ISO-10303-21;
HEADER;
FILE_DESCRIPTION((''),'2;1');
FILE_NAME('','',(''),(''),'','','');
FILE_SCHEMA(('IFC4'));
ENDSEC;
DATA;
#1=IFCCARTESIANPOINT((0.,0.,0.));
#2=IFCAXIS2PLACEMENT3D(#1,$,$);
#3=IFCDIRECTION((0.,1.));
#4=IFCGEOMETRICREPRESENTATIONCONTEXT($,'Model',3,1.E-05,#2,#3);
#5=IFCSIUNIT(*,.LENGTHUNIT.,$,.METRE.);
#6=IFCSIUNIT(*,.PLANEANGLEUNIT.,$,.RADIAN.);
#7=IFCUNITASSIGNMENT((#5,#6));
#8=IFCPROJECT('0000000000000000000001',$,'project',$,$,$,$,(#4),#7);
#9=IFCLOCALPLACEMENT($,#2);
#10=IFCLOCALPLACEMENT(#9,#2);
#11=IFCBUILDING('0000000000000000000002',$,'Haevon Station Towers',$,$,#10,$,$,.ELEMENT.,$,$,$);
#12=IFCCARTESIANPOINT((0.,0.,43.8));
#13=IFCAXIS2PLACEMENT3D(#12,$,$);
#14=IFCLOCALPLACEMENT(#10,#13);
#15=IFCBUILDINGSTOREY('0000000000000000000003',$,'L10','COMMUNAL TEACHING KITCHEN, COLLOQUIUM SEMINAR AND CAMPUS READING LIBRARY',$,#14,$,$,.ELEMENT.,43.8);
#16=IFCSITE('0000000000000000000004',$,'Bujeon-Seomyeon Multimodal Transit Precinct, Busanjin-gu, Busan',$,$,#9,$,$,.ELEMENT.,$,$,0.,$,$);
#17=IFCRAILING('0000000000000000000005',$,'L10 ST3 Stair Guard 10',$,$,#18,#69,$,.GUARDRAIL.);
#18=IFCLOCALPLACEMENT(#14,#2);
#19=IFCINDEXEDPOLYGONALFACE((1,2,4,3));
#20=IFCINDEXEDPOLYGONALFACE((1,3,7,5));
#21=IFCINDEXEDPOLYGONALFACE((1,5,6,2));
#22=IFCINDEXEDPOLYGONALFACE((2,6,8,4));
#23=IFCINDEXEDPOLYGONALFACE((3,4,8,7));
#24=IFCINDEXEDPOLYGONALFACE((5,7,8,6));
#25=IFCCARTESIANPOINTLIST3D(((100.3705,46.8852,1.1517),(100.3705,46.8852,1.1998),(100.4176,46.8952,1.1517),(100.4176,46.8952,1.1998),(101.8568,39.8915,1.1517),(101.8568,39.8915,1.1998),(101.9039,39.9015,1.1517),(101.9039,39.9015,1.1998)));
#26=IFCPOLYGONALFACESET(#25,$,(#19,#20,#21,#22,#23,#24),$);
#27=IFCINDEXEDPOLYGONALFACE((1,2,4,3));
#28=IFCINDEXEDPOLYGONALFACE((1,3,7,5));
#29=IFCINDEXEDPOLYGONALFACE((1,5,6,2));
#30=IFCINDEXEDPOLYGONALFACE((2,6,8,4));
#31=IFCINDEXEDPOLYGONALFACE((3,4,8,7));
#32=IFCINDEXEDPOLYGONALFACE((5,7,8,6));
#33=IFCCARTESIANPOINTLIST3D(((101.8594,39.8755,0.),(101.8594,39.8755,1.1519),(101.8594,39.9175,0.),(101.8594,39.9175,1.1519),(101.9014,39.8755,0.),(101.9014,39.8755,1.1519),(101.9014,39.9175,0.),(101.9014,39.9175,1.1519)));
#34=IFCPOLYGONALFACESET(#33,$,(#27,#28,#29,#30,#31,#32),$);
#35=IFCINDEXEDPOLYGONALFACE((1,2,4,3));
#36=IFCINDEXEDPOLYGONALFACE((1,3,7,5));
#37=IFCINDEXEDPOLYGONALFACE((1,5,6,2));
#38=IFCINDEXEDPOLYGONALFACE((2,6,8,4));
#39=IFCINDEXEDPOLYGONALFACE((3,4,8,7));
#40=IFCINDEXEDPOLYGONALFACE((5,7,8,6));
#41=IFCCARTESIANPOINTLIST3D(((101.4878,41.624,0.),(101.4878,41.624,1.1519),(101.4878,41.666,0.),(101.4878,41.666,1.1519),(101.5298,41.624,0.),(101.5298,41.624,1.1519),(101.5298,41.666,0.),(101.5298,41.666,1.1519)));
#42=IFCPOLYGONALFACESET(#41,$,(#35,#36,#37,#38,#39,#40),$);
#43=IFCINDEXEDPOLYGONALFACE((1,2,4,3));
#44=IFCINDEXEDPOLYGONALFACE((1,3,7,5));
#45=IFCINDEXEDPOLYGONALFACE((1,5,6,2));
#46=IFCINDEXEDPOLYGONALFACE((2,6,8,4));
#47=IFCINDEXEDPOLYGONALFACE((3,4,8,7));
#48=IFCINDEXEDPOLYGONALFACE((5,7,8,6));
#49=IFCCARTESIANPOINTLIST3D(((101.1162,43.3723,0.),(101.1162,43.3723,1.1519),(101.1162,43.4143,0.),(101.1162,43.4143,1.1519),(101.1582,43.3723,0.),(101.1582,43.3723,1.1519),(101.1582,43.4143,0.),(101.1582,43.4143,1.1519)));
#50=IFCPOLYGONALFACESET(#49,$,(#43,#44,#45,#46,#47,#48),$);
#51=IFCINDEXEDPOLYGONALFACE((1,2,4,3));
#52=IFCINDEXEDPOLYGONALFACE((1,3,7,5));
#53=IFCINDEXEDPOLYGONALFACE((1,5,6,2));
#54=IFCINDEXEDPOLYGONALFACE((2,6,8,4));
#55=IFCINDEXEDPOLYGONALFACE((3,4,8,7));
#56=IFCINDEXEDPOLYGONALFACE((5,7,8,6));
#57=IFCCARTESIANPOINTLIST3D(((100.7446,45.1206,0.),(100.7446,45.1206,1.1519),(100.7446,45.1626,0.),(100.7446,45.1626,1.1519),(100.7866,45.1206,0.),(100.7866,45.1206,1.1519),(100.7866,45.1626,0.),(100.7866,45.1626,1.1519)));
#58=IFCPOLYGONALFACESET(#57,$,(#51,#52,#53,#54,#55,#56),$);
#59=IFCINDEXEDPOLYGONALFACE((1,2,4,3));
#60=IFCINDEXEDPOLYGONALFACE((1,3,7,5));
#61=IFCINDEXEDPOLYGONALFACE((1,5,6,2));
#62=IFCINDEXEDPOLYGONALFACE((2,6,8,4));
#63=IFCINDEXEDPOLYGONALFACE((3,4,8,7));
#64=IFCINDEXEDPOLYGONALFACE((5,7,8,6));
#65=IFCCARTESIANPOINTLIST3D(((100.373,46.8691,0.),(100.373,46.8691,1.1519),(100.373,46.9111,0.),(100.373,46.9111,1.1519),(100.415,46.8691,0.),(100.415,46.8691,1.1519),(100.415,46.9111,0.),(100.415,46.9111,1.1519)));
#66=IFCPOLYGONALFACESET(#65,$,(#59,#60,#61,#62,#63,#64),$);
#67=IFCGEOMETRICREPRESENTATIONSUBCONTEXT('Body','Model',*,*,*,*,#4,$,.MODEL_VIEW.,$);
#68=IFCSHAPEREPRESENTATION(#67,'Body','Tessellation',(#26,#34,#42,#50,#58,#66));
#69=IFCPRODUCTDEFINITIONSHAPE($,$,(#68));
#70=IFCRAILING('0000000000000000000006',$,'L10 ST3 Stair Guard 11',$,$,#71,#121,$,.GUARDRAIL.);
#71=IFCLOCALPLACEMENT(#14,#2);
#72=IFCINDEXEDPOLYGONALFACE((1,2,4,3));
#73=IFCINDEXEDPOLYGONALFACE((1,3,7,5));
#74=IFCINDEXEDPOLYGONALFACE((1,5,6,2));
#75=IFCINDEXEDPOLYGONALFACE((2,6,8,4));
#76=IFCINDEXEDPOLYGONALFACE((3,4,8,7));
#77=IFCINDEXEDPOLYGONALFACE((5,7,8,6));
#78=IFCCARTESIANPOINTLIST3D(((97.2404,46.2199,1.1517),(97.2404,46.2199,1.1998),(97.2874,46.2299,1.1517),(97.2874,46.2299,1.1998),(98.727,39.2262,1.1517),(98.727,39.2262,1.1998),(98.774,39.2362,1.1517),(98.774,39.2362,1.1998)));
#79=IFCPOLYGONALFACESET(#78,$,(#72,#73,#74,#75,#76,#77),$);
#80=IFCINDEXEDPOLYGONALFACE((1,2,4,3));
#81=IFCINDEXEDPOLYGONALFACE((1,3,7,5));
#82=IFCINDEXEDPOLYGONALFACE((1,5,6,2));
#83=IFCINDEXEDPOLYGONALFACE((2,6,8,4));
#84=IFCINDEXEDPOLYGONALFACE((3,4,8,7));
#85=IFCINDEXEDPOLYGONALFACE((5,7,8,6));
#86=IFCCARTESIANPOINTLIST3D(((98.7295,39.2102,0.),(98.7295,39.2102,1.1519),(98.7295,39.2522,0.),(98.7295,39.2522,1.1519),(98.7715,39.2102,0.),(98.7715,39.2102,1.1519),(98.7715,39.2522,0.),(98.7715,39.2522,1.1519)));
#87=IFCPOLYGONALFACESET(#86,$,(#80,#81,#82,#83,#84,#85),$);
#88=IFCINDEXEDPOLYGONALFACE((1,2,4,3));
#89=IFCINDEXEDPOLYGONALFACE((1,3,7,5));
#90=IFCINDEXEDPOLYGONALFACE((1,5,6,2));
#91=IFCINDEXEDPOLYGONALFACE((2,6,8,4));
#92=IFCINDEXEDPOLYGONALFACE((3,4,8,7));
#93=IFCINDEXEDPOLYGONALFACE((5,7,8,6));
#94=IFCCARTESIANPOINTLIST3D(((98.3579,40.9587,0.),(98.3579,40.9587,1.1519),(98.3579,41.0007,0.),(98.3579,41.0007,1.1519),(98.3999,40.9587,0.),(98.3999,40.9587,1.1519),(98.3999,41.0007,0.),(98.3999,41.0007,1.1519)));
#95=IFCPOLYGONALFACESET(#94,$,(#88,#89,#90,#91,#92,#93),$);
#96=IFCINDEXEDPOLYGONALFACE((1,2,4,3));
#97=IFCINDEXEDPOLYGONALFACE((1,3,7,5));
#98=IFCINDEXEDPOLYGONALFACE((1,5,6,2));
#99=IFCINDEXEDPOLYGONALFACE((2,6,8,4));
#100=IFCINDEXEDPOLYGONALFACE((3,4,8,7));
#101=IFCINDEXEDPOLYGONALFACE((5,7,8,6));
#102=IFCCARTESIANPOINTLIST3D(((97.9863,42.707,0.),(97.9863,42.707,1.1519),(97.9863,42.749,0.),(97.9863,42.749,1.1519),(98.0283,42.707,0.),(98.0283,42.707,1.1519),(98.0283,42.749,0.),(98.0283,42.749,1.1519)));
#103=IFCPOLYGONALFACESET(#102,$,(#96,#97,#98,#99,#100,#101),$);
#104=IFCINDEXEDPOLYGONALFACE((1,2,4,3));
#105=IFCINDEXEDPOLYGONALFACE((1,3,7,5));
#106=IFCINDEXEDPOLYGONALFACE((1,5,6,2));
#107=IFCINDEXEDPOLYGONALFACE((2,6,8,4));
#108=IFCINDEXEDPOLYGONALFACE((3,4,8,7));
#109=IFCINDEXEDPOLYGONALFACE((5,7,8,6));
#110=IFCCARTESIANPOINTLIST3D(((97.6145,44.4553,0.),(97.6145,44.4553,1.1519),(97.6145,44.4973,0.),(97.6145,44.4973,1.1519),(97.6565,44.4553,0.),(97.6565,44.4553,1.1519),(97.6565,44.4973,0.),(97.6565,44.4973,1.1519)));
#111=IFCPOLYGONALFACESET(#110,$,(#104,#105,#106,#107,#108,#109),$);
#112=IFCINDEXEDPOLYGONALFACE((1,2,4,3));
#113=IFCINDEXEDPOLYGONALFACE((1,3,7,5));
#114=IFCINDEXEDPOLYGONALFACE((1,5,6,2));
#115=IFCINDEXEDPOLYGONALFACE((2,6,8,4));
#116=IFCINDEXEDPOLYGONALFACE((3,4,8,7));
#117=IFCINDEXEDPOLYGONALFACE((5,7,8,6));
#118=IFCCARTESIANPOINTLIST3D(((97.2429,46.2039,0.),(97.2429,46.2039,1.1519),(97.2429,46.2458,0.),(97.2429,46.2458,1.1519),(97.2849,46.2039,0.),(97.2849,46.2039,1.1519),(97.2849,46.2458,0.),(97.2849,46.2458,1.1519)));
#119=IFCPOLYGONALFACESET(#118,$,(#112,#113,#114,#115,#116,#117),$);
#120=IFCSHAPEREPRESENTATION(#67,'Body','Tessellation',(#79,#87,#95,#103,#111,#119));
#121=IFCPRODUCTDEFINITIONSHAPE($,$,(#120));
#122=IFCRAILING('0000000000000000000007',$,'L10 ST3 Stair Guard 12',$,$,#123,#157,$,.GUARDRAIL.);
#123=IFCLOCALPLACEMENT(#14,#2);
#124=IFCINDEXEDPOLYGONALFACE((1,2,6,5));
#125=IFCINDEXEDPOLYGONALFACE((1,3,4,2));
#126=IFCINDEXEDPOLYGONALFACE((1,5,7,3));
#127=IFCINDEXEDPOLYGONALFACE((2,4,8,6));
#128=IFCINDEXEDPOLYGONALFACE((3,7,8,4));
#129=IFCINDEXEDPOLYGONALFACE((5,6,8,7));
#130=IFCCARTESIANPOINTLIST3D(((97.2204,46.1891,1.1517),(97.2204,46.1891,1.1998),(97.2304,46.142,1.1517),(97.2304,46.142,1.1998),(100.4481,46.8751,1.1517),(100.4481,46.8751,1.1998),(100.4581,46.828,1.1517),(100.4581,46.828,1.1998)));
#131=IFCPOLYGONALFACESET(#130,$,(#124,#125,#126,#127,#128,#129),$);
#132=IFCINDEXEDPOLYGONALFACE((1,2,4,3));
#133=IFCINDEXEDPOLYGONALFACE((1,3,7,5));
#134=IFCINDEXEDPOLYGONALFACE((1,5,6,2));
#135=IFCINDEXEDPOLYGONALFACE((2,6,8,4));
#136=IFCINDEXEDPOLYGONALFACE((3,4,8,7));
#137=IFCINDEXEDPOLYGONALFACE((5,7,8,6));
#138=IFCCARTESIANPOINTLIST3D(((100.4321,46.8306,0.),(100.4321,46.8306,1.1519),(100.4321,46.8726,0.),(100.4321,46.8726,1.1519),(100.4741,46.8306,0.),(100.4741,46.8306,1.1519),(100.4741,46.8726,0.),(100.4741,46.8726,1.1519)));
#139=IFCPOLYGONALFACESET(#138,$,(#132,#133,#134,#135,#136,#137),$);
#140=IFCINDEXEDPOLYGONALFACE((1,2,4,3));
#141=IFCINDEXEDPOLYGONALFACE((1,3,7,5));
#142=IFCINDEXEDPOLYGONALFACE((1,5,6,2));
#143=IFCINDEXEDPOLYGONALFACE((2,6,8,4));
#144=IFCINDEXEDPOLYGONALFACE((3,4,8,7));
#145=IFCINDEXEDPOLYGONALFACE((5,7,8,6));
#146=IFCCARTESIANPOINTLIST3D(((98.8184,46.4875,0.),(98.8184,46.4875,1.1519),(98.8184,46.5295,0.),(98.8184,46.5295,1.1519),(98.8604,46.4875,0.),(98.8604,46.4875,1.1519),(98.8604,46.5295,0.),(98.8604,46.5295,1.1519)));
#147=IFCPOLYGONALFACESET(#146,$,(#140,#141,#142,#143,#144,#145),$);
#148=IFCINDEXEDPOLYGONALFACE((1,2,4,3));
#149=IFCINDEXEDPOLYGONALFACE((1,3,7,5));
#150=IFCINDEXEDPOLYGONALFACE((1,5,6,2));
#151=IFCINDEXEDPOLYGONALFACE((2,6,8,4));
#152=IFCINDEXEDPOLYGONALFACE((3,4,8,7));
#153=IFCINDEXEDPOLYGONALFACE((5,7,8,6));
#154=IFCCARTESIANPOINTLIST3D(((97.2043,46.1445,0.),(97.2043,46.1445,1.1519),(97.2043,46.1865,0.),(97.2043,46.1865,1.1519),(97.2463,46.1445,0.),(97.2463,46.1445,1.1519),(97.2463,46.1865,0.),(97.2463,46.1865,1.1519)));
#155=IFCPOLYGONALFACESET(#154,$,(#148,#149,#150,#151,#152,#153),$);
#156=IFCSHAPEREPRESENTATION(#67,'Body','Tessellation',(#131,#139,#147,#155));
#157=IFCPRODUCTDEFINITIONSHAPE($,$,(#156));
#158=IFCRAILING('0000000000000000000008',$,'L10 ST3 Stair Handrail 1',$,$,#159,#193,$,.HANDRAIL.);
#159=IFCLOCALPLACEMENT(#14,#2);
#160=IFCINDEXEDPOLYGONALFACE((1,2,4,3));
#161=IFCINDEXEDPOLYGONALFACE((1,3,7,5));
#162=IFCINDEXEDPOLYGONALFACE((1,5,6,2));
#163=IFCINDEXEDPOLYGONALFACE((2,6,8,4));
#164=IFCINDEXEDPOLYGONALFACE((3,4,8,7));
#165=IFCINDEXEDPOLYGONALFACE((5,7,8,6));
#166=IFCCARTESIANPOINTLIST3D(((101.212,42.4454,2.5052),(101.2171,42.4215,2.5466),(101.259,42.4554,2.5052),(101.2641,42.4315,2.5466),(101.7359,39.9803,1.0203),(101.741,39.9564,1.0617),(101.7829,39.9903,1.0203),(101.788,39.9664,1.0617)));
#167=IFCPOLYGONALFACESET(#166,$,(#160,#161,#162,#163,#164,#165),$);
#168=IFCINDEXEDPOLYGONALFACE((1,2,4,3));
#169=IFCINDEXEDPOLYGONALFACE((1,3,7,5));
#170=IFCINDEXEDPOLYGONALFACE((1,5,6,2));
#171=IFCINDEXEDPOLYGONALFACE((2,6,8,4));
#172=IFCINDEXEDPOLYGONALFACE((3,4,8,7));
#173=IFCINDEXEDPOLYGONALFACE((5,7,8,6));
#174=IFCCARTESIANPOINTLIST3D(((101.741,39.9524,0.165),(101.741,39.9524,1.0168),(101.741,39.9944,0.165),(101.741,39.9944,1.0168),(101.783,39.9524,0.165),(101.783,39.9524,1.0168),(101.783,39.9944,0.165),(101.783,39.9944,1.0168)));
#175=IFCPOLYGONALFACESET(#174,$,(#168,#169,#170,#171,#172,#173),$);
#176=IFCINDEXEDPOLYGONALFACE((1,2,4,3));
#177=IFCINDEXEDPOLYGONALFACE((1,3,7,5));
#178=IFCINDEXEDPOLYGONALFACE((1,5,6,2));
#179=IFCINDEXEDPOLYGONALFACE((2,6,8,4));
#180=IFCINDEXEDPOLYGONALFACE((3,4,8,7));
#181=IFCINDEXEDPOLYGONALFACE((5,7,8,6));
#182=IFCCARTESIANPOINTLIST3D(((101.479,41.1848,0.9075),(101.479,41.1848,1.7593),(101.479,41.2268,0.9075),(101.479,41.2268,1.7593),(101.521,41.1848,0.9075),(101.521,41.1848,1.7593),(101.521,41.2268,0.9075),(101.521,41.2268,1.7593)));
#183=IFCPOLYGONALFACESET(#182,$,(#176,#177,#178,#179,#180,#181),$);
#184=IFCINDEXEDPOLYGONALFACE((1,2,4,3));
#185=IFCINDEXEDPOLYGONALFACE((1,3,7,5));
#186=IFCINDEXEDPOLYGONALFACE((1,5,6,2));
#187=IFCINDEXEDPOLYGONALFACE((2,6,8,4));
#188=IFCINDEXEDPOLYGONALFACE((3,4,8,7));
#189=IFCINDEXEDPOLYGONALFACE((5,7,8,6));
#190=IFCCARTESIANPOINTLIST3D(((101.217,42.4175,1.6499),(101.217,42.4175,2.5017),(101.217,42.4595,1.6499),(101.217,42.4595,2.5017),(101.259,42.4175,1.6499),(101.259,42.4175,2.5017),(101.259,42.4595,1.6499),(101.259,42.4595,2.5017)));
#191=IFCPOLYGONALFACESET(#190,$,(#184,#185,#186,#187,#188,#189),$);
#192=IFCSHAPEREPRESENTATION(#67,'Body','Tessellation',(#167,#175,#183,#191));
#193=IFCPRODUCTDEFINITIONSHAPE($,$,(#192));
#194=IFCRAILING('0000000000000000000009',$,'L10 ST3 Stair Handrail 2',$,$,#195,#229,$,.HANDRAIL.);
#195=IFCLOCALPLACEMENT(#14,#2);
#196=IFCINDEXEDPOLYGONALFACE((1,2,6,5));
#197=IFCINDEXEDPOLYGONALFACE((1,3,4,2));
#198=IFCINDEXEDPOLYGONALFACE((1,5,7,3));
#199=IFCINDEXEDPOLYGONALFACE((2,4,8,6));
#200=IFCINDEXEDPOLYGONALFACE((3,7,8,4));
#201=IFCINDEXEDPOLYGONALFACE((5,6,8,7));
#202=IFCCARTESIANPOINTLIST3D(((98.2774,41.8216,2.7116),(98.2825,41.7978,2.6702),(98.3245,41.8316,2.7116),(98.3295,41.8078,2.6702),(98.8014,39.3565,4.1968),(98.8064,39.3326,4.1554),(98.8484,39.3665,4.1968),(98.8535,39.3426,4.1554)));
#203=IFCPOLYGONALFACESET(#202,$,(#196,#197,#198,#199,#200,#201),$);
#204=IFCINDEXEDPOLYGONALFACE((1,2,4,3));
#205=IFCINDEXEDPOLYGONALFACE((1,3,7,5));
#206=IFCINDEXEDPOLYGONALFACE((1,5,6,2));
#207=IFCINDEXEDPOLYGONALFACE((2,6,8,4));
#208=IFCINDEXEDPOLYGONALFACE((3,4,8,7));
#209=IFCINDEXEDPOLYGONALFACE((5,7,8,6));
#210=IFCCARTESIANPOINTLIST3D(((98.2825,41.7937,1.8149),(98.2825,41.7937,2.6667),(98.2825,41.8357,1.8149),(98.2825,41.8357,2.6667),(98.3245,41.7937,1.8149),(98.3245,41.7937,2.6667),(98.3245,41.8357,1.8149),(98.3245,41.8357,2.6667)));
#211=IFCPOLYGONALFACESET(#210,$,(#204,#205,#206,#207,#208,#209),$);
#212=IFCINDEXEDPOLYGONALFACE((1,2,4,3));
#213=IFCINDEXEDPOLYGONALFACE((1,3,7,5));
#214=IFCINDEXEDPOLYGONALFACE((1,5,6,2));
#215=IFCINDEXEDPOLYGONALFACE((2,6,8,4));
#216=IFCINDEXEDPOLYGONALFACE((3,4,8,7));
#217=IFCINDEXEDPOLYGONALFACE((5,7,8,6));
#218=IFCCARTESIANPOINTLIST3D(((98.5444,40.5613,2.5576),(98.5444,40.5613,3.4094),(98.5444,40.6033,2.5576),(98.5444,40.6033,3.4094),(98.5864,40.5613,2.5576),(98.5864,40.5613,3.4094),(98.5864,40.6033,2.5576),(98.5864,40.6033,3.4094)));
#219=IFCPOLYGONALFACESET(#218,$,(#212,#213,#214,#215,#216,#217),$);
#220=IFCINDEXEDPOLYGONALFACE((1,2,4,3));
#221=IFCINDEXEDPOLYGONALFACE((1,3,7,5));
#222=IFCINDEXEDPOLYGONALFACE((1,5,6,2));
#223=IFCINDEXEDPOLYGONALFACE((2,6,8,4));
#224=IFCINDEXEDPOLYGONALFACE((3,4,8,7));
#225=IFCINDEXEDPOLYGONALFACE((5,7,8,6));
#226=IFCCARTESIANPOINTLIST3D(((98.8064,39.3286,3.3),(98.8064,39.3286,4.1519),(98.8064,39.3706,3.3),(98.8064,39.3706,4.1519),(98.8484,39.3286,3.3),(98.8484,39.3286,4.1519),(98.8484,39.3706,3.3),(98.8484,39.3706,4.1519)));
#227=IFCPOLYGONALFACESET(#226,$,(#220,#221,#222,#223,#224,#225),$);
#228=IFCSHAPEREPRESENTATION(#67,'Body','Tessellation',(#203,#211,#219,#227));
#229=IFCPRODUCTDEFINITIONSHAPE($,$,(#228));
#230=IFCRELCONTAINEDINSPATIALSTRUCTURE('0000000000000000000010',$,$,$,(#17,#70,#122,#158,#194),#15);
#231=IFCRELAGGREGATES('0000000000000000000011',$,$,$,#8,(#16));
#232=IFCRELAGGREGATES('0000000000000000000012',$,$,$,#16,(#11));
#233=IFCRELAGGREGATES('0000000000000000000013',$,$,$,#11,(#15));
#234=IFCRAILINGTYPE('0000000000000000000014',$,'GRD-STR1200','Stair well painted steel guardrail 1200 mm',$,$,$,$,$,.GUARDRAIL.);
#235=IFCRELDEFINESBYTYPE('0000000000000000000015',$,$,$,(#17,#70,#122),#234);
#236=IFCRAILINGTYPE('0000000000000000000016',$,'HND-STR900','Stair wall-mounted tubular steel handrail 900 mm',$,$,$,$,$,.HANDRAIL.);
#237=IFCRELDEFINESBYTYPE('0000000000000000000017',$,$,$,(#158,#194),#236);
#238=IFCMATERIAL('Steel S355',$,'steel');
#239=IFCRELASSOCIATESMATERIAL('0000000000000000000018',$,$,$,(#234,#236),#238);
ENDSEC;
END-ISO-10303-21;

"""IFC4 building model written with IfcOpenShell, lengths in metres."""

from ifc_helpers import new_model, si_unit, direction, frame, origin, origin_2d, place, context, subcontext, project, spatial, rectangle, extrude, material, type_object, element, save


model = new_model("IFC4")

# Units and contexts
model_context = context("Model", 3, precision=1e-05, world=origin(), true_north=direction((0.0, 1.0)))
body_context = subcontext(model_context, "Body", "Model", "MODEL_VIEW")
ifc_project = project(units=[si_unit("LENGTHUNIT", "METRE"), si_unit("PLANEANGLEUNIT", "RADIAN")], contexts=[model_context])

# Site, building, storey
site_placement = place(None, origin())
site = spatial("IfcSite", under=ifc_project, at=site_placement, Name="Bujeon-Seomyeon Multimodal Transit Precinct, Busanjin-gu, Busan", CompositionType="ELEMENT", RefElevation=0.0)
building_placement = place(site_placement, origin())
building = spatial("IfcBuilding", under=site, at=building_placement, Name="Haevon Station Towers", CompositionType="ELEMENT")
storey_placement = place(building_placement, frame((0.0, 0.0, 43.8)))
storey = spatial("IfcBuildingStorey", under=building, at=storey_placement, Name="L10", Description="COMMUNAL TEACHING KITCHEN, COLLOQUIUM SEMINAR AND CAMPUS READING LIBRARY", CompositionType="ELEMENT", Elevation=43.8)

# Shared definitions
ifc_material_1 = material(Name="Steel S355", Category="steel")

# Railings
railing_type_1 = type_object("IfcRailingType", Name="GRD-STR1200", Description="Stair well painted steel guardrail 1200 mm", PredefinedType="GUARDRAIL", material=ifc_material_1)
railing_1_placement = place(storey_placement, frame((101.8804, 39.8965, 0.0)))
element("IfcRailing", 1, at=railing_1_placement, inside=storey, type_object=railing_type_1, Name="L10 ST3 Stair Guard 10", PredefinedType="GUARDRAIL", context=body_context, shape_type="SweptSolid", body=[
    extrude(rectangle(XDim=0.0481, YDim=0.0481, at=origin_2d()), frame((0.0, 0.0, 1.1758), z_axis=(-0.207882, 0.978154, 0.0), x_axis=(-0.978154, -0.207882, 0.0)), (0.0, 0.0, 1.0), 7.1499),
    extrude(rectangle(XDim=0.042, YDim=0.042, at=origin_2d()), origin(), (0.0, 0.0, 1.0), 1.1519),
    extrude(rectangle(XDim=0.042, YDim=0.042, at=origin_2d()), frame((-0.3716, 1.7485, 0.0)), (0.0, 0.0, 1.0), 1.1519),
    extrude(rectangle(XDim=0.042, YDim=0.042, at=origin_2d()), frame((-0.7432, 3.4968, 0.0)), (0.0, 0.0, 1.0), 1.1519),
    extrude(rectangle(XDim=0.042, YDim=0.042, at=origin_2d()), frame((-1.1147, 5.2451, 0.0)), (0.0, 0.0, 1.0), 1.1519),
    extrude(rectangle(XDim=0.042, YDim=0.042, at=origin_2d()), frame((-1.4863, 6.9937, 0.0)), (0.0, 0.0, 1.0), 1.1519),
])
railing_2_placement = place(storey_placement, frame((98.7505, 39.2312, 0.0)))
element("IfcRailing", 2, at=railing_2_placement, inside=storey, type_object=railing_type_1, Name="L10 ST3 Stair Guard 11", PredefinedType="GUARDRAIL", context=body_context, shape_type="SweptSolid", body=[
    extrude(rectangle(XDim=0.0481, YDim=0.0481, at=origin_2d()), frame((0.0, 0.0, 1.1758), z_axis=(-0.207915, 0.978147, 0.0), x_axis=(-0.978147, -0.207915, 0.0)), (0.0, 0.0, 1.0), 7.1499),
    extrude(rectangle(XDim=0.042, YDim=0.042, at=origin_2d()), origin(), (0.0, 0.0, 1.0), 1.1519),
    extrude(rectangle(XDim=0.042, YDim=0.042, at=origin_2d()), frame((-0.3716, 1.7485, 0.0)), (0.0, 0.0, 1.0), 1.1519),
    extrude(rectangle(XDim=0.042, YDim=0.042, at=origin_2d()), frame((-0.7432, 3.4968, 0.0)), (0.0, 0.0, 1.0), 1.1519),
    extrude(rectangle(XDim=0.042, YDim=0.042, at=origin_2d()), frame((-1.115, 5.2451, 0.0)), (0.0, 0.0, 1.0), 1.1519),
    extrude(rectangle(XDim=0.042, YDim=0.042, at=origin_2d()), frame((-1.4866, 6.9937, 0.0)), (0.0, 0.0, 1.0), 1.1519),
])
railing_3_placement = place(storey_placement, frame((100.4531, 46.8516, 0.0)))
element("IfcRailing", 3, at=railing_3_placement, inside=storey, type_object=railing_type_1, Name="L10 ST3 Stair Guard 12", PredefinedType="GUARDRAIL", context=body_context, shape_type="SweptSolid", body=[
    extrude(rectangle(XDim=0.0481, YDim=0.0481, at=origin_2d()), frame((0.0, 0.0, 1.1758), z_axis=(-0.978151, -0.207897, 0.0), x_axis=(0.207897, -0.978151, 0.0)), (0.0, 0.0, 1.0), 3.2998),
    extrude(rectangle(XDim=0.042, YDim=0.042, at=origin_2d()), origin(), (0.0, 0.0, 1.0), 1.1519),
    extrude(rectangle(XDim=0.042, YDim=0.042, at=origin_2d()), frame((-1.6138, -0.343, 0.0)), (0.0, 0.0, 1.0), 1.1519),
    extrude(rectangle(XDim=0.042, YDim=0.042, at=origin_2d()), frame((-3.2278, -0.686, 0.0)), (0.0, 0.0, 1.0), 1.1519),
])
railing_type_2 = type_object("IfcRailingType", Name="HND-STR900", Description="Stair wall-mounted tubular steel handrail 900 mm", PredefinedType="HANDRAIL", material=ifc_material_1)
railing_4_placement = place(storey_placement, frame((101.762, 39.9734, 0.165)))
element("IfcRailing", 4, at=railing_4_placement, inside=storey, type_object=railing_type_2, Name="L10 ST3 Stair Handrail 1", PredefinedType="HANDRAIL", context=body_context, shape_type="SweptSolid", body=[
    extrude(rectangle(XDim=0.0481, YDim=0.0481, at=origin_2d()), frame((0.0, 0.0, 0.876), z_axis=(-0.179116, 0.842748, 0.507635), x_axis=(-0.978151, -0.207895, 0.0)), (0.0, 0.0, 1.0), 2.925),
    extrude(rectangle(XDim=0.042, YDim=0.042, at=origin_2d()), origin(), (0.0, 0.0, 1.0), 0.8518),
    extrude(rectangle(XDim=0.042, YDim=0.042, at=origin_2d()), frame((-0.262, 1.2324, 0.7424)), (0.0, 0.0, 1.0), 0.8518),
    extrude(rectangle(XDim=0.042, YDim=0.042, at=origin_2d()), frame((-0.5239, 2.4651, 1.4849)), (0.0, 0.0, 1.0), 0.8518),
])
railing_5_placement = place(storey_placement, frame((98.3035, 41.8147, 1.8149)))
element("IfcRailing", 5, at=railing_5_placement, inside=storey, type_object=railing_type_2, Name="L10 ST3 Stair Handrail 2", PredefinedType="HANDRAIL", context=body_context, shape_type="SweptSolid", body=[
    extrude(rectangle(XDim=0.0481, YDim=0.0481, at=origin_2d()), frame((0.0, 0.0, 0.876), z_axis=(0.179109, -0.842712, 0.507697), x_axis=(0.978151, 0.207895, 0.0)), (0.0, 0.0, 1.0), 2.9253),
    extrude(rectangle(XDim=0.042, YDim=0.042, at=origin_2d()), origin(), (0.0, 0.0, 1.0), 0.8518),
    extrude(rectangle(XDim=0.042, YDim=0.042, at=origin_2d()), frame((0.262, -1.2324, 0.7427)), (0.0, 0.0, 1.0), 0.8518),
    extrude(rectangle(XDim=0.042, YDim=0.042, at=origin_2d()), frame((0.5239, -2.4651, 1.4851)), (0.0, 0.0, 1.0), 0.8518),
])

save(model, "model.ifc")
